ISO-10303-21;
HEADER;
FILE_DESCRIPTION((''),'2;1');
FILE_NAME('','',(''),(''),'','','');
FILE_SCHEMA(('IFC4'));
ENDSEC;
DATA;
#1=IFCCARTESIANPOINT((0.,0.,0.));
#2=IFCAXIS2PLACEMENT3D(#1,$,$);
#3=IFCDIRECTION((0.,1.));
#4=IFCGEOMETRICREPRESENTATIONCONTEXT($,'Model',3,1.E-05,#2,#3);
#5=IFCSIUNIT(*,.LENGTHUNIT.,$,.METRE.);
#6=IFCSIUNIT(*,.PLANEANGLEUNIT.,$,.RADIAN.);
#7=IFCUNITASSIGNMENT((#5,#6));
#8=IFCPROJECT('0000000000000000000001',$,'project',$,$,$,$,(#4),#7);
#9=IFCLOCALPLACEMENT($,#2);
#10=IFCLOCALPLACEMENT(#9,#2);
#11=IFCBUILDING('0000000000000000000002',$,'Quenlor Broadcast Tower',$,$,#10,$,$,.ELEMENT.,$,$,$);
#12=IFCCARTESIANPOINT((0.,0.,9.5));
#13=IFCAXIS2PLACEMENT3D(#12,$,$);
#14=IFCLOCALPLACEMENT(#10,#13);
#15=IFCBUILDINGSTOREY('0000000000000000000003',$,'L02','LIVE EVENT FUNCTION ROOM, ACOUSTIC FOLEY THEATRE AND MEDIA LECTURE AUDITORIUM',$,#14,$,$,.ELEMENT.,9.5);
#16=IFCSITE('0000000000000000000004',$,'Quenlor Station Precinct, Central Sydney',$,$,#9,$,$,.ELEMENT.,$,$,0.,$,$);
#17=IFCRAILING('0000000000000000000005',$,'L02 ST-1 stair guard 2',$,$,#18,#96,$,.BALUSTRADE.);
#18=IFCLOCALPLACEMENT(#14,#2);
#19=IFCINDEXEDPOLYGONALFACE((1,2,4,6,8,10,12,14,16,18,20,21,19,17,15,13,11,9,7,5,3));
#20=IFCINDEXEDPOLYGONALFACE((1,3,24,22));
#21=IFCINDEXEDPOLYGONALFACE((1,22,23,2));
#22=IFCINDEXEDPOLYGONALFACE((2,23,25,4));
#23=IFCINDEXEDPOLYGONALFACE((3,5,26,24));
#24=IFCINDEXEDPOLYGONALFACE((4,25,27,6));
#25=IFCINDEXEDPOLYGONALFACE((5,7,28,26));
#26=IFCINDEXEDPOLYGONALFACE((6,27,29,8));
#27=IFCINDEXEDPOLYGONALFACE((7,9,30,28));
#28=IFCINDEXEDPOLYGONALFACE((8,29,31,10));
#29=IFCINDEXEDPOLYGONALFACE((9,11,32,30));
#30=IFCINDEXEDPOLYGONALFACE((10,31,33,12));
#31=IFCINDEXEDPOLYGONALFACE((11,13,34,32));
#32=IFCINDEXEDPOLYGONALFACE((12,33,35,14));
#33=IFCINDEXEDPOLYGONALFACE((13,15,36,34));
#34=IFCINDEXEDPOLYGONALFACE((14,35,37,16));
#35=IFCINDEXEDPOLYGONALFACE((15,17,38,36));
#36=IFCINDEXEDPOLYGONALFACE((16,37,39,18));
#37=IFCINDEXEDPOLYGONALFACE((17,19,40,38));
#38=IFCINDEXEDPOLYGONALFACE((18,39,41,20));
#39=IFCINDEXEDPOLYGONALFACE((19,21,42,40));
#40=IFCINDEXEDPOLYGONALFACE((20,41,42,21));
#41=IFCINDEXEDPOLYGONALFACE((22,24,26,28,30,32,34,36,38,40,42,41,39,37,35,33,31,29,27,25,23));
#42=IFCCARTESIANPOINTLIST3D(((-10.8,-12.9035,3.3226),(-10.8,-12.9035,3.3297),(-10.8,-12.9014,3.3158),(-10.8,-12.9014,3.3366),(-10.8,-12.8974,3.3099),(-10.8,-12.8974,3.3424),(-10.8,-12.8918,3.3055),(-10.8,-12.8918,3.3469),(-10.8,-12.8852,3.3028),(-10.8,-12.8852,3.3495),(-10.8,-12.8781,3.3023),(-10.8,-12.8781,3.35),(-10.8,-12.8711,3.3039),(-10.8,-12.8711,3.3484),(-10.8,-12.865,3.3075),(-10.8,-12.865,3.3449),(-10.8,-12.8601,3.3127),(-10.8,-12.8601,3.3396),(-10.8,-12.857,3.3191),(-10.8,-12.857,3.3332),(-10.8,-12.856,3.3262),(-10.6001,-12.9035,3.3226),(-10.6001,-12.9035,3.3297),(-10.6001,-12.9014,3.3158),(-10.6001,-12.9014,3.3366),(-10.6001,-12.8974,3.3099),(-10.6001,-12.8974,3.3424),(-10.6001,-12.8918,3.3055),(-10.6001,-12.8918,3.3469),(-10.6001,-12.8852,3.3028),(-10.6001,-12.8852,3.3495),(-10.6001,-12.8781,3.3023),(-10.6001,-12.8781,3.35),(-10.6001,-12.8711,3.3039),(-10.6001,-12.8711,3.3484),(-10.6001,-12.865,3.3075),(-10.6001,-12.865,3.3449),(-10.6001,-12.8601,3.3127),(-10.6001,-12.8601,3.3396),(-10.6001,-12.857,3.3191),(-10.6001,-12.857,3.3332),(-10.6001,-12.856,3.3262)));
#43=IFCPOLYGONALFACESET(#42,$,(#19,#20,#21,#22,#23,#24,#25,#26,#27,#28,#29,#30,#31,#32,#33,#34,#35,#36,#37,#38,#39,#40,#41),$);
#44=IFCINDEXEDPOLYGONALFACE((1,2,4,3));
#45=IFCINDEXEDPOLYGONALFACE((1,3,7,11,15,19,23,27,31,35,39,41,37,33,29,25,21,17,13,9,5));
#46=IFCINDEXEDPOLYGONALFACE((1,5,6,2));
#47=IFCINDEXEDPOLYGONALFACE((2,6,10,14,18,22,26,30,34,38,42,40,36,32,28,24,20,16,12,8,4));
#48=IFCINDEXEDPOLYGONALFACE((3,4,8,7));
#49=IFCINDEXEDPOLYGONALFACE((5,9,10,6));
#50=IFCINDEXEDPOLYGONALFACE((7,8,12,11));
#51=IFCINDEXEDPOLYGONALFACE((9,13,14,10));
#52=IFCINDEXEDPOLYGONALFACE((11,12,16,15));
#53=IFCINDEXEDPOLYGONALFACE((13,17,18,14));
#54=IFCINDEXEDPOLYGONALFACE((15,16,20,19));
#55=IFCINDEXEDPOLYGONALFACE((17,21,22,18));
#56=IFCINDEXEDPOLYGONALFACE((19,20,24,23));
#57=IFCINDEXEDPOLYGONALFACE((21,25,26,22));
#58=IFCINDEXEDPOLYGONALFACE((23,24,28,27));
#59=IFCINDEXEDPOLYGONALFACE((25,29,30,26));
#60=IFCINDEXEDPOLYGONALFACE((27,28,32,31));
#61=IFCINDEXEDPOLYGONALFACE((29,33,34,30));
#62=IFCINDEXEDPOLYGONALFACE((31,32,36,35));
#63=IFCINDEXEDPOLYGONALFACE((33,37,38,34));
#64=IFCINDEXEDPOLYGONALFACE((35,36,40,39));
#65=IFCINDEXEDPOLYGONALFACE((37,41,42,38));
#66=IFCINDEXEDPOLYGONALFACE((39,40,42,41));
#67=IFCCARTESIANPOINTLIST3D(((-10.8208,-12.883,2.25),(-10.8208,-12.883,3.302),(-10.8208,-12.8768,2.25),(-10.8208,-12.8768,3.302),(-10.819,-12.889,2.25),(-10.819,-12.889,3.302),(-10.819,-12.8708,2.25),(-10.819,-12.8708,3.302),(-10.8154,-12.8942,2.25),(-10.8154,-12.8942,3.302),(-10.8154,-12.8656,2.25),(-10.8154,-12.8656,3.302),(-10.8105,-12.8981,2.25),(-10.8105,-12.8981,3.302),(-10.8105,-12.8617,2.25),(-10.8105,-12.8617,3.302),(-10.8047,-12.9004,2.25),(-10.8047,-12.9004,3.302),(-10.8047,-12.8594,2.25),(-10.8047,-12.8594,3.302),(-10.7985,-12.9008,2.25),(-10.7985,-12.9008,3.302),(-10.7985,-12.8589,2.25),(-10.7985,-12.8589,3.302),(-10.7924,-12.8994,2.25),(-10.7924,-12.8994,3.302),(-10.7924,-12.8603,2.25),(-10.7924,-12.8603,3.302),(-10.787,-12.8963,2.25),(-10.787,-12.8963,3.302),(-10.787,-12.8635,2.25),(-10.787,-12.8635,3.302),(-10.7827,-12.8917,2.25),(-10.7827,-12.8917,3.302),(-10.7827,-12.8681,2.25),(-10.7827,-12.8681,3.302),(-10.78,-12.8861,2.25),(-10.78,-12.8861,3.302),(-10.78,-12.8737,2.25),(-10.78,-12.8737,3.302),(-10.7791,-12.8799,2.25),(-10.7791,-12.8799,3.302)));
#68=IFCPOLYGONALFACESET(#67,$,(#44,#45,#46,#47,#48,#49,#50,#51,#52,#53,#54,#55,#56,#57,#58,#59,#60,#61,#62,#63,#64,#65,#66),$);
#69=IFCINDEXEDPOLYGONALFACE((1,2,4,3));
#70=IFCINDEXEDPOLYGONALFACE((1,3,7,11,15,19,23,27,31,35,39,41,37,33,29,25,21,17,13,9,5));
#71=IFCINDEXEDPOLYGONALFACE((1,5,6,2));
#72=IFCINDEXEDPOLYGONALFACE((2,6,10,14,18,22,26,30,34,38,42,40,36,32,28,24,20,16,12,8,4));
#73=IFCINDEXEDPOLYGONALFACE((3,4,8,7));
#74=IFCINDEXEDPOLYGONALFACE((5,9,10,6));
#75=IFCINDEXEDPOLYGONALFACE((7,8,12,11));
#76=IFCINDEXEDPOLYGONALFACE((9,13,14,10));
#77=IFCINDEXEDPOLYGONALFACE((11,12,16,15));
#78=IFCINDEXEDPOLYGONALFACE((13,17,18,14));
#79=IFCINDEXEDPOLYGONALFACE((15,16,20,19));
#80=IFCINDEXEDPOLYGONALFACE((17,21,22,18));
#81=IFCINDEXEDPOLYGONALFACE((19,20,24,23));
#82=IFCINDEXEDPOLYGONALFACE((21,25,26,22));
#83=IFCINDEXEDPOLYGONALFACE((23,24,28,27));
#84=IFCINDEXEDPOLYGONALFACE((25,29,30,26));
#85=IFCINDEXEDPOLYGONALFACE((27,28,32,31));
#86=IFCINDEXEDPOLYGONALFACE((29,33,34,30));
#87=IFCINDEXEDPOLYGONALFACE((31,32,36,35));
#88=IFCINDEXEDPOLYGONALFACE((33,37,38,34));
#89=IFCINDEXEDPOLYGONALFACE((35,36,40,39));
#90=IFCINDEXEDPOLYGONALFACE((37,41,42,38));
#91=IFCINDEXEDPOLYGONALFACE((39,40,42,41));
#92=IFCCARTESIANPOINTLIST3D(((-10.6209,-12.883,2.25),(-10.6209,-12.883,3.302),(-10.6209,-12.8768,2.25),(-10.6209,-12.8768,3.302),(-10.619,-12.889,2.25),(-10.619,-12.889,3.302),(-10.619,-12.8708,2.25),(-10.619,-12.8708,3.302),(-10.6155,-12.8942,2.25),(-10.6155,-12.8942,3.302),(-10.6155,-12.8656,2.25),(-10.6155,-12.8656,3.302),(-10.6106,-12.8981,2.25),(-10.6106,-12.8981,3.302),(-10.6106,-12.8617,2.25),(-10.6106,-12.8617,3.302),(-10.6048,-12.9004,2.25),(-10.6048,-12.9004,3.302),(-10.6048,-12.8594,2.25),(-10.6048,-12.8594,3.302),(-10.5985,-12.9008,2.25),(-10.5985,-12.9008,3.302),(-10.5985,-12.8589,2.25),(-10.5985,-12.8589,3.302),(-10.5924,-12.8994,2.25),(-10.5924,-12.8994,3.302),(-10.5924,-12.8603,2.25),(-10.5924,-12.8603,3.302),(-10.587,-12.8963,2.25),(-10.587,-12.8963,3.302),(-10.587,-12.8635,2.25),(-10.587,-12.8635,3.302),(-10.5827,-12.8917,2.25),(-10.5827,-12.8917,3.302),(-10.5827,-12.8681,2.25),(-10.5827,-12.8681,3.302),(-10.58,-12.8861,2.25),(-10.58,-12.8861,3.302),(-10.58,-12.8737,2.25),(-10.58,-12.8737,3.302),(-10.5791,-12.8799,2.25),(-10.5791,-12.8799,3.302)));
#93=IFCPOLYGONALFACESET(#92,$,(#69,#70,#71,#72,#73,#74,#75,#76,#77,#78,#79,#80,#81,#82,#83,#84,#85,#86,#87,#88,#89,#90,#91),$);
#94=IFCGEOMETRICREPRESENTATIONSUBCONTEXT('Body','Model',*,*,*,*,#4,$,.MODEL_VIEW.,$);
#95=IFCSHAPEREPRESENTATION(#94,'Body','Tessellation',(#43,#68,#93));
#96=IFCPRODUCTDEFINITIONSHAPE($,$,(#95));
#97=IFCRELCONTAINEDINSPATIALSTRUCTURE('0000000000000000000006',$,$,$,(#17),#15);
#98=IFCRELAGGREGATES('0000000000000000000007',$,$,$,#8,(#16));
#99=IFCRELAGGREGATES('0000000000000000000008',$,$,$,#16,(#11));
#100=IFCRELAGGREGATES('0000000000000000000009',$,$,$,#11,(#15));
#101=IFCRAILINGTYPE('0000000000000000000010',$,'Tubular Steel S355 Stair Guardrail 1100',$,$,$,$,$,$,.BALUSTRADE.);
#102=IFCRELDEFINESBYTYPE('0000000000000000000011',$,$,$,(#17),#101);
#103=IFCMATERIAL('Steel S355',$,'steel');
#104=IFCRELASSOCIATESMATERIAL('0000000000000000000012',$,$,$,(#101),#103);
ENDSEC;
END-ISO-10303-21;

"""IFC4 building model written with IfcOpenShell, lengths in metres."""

from ifc_helpers import new_model, si_unit, direction, frame, origin, origin_2d, place, context, subcontext, project, spatial, circle, extrude, material, type_object, element, save


model = new_model("IFC4")

# Units and contexts
model_context = context("Model", 3, precision=1e-05, world=origin(), true_north=direction((0.0, 1.0)))
body_context = subcontext(model_context, "Body", "Model", "MODEL_VIEW")
ifc_project = project(units=[si_unit("LENGTHUNIT", "METRE"), si_unit("PLANEANGLEUNIT", "RADIAN")], contexts=[model_context])

# Site, building, storey
site_placement = place(None, origin())
site = spatial("IfcSite", under=ifc_project, at=site_placement, Name="Quenlor Station Precinct, Central Sydney", CompositionType="ELEMENT", RefElevation=0.0)
building_placement = place(site_placement, origin())
building = spatial("IfcBuilding", under=site, at=building_placement, Name="Quenlor Broadcast Tower", CompositionType="ELEMENT")
storey_placement = place(building_placement, frame((0.0, 0.0, 9.5)))
storey = spatial("IfcBuildingStorey", under=building, at=storey_placement, Name="L02", Description="LIVE EVENT FUNCTION ROOM, ACOUSTIC FOLEY THEATRE AND MEDIA LECTURE AUDITORIUM", CompositionType="ELEMENT", Elevation=9.5)

# Railing
ifc_material_1 = material(Name="Steel S355", Category="steel")
railing_type_1 = type_object("IfcRailingType", Name="Tubular Steel S355 Stair Guardrail 1100", PredefinedType="BALUSTRADE", material=ifc_material_1)
railing_1_placement = place(storey_placement, frame((-10.8, -12.8799, 2.25)))
element("IfcRailing", 1, at=railing_1_placement, inside=storey, type_object=railing_type_1, Name="L02 ST-1 stair guard 2", PredefinedType="BALUSTRADE", context=body_context, shape_type="SweptSolid", body=[
    extrude(circle(Radius=0.0239, at=origin_2d()), frame((0.0, 0.0, 1.0762), z_axis=(1.0, 0.0, 0.0), x_axis=(0.0, 1.0, 0.0)), (0.0, 0.0, 1.0), 0.2),
    extrude(circle(Radius=0.021, at=origin_2d()), origin(), (0.0, 0.0, 1.0), 1.052),
    extrude(circle(Radius=0.021, at=origin_2d()), frame((0.2, 0.0, 0.0)), (0.0, 0.0, 1.0), 1.052),
])

save(model, "model.ifc")
